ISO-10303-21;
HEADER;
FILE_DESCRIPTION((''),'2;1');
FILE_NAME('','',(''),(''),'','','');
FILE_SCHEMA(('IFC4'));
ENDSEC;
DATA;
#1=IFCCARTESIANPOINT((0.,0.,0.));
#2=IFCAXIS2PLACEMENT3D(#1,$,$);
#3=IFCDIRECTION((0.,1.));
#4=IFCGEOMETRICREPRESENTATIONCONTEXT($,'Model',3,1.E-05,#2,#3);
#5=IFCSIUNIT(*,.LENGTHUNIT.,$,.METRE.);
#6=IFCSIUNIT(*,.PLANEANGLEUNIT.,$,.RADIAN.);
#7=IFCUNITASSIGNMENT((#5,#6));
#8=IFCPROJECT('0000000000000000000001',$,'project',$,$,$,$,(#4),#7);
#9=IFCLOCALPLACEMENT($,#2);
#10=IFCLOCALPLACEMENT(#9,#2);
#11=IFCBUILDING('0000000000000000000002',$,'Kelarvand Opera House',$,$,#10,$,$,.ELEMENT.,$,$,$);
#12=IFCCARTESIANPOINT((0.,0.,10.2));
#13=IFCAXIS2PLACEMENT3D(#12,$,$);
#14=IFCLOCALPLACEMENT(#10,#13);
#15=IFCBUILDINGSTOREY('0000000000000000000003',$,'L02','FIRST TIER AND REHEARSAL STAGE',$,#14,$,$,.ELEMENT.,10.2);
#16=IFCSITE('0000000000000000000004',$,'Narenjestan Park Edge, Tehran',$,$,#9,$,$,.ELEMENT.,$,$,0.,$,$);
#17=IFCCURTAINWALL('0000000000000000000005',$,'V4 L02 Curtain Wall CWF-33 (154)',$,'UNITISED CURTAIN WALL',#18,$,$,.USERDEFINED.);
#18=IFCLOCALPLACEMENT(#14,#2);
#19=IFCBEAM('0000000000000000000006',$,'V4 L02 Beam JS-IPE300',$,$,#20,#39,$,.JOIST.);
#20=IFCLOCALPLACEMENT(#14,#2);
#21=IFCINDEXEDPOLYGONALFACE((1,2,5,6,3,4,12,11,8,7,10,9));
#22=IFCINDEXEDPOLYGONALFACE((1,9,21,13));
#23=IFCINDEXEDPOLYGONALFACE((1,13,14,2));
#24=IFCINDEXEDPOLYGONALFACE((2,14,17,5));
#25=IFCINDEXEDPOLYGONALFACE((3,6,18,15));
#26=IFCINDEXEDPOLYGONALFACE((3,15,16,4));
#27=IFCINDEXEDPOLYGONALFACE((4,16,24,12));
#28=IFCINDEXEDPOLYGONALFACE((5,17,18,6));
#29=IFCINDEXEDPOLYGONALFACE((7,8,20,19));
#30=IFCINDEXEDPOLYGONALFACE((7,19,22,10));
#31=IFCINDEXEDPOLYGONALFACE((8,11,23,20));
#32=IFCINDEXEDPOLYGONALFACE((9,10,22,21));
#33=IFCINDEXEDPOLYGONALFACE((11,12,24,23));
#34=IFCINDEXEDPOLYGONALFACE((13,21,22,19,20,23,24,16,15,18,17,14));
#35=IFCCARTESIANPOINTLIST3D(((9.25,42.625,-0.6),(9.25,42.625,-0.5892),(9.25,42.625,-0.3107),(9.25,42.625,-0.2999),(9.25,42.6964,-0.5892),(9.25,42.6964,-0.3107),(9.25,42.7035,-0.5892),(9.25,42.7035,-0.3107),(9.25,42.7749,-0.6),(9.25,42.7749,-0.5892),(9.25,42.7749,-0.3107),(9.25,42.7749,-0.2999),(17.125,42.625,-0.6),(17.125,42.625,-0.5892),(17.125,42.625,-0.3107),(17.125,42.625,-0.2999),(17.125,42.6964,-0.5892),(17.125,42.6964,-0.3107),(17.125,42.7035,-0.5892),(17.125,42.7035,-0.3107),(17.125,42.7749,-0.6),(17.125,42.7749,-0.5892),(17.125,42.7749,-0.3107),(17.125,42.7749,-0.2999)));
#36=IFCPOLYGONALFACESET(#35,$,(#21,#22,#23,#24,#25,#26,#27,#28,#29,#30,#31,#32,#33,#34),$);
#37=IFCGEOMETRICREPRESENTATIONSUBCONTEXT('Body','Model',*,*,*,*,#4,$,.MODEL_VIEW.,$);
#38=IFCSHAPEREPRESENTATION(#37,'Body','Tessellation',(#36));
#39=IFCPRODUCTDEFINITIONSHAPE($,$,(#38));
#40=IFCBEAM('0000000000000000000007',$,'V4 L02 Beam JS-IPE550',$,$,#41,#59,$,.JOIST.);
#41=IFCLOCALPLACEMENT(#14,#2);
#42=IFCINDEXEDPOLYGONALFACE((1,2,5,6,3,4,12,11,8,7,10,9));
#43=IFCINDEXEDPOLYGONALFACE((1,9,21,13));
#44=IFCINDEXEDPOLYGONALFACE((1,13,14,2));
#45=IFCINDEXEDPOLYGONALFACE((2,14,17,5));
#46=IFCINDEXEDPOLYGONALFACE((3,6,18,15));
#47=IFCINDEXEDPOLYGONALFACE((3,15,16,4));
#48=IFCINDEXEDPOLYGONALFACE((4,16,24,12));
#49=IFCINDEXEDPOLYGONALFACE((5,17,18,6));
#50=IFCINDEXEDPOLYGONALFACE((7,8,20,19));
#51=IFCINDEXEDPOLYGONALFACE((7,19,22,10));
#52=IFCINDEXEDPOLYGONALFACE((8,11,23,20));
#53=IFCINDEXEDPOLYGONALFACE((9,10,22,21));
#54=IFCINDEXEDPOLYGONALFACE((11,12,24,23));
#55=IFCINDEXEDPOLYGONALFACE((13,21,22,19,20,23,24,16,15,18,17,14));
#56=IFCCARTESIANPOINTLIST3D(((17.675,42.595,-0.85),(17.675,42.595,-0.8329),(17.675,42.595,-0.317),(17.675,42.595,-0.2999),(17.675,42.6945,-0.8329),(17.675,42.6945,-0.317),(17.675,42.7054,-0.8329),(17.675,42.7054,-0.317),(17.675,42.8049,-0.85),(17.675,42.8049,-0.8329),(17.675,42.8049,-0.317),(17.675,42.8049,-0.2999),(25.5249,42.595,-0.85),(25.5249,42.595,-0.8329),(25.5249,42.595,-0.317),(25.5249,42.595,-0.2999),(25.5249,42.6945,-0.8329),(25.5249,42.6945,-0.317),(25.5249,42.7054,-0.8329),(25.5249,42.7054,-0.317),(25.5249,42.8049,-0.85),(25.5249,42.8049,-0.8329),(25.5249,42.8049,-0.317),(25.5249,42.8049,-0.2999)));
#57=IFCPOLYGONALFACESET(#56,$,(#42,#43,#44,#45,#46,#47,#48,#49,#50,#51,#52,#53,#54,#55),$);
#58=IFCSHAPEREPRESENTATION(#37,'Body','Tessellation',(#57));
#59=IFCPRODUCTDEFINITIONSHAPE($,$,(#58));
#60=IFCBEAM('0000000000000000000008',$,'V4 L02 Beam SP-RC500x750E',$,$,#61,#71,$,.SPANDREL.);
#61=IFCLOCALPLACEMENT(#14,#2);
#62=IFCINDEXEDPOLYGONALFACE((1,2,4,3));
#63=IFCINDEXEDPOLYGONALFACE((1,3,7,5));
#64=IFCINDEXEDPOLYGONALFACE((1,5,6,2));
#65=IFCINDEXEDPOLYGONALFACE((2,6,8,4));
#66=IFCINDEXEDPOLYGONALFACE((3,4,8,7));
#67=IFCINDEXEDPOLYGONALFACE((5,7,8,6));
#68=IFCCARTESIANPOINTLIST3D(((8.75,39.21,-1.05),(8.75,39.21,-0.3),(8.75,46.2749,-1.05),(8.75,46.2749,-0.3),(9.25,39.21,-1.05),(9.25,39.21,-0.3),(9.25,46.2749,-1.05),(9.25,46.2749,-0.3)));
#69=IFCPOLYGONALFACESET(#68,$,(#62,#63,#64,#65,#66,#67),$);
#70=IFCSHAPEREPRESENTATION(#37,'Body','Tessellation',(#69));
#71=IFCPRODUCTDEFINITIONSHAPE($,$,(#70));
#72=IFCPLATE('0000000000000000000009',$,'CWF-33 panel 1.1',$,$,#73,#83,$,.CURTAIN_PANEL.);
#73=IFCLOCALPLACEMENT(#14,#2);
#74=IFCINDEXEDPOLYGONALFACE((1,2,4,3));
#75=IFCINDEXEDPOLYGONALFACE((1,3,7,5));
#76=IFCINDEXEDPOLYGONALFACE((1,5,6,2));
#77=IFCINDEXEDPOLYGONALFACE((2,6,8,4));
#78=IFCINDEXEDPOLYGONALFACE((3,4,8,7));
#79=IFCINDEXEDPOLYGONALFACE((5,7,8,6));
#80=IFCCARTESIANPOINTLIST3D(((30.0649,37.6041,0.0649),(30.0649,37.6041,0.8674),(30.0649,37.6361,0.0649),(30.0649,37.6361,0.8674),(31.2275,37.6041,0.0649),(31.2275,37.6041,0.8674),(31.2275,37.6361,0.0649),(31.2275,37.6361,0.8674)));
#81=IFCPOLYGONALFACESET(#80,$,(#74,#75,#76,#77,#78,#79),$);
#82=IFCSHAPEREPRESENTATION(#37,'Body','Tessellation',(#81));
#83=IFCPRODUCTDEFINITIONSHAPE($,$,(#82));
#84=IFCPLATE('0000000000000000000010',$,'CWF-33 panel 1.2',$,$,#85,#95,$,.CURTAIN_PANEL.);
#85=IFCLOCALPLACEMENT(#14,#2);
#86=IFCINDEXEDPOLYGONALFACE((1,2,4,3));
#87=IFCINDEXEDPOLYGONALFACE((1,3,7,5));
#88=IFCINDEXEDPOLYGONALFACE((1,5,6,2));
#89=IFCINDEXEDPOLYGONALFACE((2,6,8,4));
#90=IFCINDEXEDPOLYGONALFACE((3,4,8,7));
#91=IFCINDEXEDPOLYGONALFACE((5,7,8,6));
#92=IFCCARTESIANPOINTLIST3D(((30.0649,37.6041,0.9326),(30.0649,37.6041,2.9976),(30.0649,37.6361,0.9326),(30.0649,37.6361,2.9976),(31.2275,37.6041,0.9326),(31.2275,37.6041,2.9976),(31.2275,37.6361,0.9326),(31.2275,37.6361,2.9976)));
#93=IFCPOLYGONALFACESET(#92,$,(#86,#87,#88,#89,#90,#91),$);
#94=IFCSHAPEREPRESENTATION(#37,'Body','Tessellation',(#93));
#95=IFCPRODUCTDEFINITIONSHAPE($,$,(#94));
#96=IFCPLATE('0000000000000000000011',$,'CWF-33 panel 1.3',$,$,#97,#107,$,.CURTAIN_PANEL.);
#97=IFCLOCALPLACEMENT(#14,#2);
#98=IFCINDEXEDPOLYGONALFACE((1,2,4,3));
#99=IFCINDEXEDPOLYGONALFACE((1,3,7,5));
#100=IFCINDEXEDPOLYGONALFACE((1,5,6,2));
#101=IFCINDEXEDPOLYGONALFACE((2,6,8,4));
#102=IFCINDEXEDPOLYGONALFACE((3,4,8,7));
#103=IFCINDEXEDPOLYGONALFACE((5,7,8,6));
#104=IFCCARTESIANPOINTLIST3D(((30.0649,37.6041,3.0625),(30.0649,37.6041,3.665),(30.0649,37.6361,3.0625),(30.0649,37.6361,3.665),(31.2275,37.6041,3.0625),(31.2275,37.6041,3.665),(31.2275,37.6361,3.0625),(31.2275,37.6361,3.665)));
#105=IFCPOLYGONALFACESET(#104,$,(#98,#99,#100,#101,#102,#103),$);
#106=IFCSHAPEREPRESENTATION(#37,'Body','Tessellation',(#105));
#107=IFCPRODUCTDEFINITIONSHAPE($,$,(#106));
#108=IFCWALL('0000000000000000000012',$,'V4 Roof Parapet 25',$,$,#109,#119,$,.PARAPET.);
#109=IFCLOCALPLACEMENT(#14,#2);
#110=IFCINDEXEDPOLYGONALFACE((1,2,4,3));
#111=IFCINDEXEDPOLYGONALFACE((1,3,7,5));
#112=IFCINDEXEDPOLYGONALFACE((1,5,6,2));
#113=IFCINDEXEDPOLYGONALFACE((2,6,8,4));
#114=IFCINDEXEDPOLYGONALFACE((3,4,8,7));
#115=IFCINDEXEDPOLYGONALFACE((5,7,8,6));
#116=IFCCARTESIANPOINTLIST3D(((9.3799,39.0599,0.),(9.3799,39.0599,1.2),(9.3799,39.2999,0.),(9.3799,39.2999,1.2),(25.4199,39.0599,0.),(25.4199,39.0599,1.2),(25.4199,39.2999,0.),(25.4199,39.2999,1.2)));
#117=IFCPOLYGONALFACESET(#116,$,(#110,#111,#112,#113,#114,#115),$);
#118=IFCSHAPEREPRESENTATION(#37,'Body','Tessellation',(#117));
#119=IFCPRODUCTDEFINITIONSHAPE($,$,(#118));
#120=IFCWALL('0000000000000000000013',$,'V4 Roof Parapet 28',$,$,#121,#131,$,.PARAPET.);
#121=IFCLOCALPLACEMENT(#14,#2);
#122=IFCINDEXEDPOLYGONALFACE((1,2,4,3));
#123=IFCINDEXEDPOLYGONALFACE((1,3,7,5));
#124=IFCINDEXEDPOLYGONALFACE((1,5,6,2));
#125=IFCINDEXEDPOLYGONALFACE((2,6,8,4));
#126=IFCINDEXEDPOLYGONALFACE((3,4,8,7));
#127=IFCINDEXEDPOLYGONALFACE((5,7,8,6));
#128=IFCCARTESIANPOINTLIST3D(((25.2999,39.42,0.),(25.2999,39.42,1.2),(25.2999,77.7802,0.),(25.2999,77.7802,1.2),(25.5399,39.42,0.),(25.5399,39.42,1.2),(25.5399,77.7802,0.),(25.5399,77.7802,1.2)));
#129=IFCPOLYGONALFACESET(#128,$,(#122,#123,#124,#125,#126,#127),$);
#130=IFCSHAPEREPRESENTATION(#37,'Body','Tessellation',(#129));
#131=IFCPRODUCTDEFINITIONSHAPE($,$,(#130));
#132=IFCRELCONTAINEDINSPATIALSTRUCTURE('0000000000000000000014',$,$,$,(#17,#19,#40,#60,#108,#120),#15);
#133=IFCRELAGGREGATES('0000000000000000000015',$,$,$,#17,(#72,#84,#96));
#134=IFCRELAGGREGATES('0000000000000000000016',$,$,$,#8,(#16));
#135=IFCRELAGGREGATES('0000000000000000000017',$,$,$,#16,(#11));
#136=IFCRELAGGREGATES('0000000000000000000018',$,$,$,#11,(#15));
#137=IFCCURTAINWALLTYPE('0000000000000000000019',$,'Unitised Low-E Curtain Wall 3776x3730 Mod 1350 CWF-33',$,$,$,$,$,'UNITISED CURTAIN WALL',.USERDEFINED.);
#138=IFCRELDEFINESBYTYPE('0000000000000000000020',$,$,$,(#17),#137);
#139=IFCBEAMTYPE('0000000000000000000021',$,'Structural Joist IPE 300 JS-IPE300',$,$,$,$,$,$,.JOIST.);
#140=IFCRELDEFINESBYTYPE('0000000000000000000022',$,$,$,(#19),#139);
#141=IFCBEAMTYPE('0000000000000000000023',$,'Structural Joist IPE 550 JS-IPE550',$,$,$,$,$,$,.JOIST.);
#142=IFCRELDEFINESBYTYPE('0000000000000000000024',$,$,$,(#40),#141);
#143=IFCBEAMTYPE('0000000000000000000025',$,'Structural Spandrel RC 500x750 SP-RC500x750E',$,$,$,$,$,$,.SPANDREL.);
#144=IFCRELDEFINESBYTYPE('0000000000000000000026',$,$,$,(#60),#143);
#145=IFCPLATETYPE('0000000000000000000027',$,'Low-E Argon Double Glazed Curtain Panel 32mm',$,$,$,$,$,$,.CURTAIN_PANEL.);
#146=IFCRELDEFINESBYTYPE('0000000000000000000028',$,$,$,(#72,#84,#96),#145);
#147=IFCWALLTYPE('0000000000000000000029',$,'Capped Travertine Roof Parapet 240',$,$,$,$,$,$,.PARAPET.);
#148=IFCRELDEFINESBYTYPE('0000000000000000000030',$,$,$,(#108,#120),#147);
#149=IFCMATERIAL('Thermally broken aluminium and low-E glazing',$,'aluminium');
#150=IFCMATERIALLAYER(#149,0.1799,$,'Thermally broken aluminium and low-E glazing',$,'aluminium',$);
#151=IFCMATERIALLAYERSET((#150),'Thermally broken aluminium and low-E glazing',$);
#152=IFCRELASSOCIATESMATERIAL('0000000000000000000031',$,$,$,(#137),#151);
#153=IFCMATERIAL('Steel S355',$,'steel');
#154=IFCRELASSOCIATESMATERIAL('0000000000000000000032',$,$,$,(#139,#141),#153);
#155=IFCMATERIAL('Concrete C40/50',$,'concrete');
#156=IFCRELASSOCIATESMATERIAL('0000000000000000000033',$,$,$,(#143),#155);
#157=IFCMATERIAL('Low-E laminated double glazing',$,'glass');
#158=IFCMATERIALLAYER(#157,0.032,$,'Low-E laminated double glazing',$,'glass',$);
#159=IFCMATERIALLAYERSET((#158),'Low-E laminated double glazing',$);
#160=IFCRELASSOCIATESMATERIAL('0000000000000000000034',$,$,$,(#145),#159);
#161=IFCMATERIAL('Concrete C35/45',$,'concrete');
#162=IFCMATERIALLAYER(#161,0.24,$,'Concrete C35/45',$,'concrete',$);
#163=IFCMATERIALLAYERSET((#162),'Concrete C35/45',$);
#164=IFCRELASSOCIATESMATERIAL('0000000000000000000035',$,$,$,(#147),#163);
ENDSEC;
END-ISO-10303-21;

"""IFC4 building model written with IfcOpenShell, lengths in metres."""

from ifc_helpers import new_model, si_unit, direction, frame, frame_2d, origin, origin_2d, place, context, subcontext, project, spatial, rectangle, i_section, extrude, material, layer, layer_set, material_profile, profile_set, type_object, element, aggregate, save


model = new_model("IFC4")

# Units and contexts
model_context = context("Model", 3, precision=1e-05, world=origin(), true_north=direction((0.0, 1.0)))
body_context = subcontext(model_context, "Body", "Model", "MODEL_VIEW")
ifc_project = project(units=[si_unit("LENGTHUNIT", "METRE"), si_unit("PLANEANGLEUNIT", "RADIAN")], contexts=[model_context])

# Site, building, storey
site_placement = place(None, origin())
site = spatial("IfcSite", under=ifc_project, at=site_placement, Name="Narenjestan Park Edge, Tehran", CompositionType="ELEMENT", RefElevation=0.0)
building_placement = place(site_placement, origin())
building = spatial("IfcBuilding", under=site, at=building_placement, Name="Kelarvand Opera House", CompositionType="ELEMENT")
storey_placement = place(building_placement, frame((0.0, 0.0, 10.2)))
storey = spatial("IfcBuildingStorey", under=building, at=storey_placement, Name="L02", Description="FIRST TIER AND REHEARSAL STAGE", CompositionType="ELEMENT", Elevation=10.2)

# Shared definitions
ifc_material_1 = material(Name="Concrete C40/50", Category="concrete")

# Curtain wall
ifc_material_2 = material(Name="Thermally broken aluminium and low-E glazing", Category="aluminium")
ifc_layer_1 = layer(ifc_material_2, 0.1799, Name="Thermally broken aluminium and low-E glazing", Category="aluminium")
ifc_layer_set_1 = layer_set([ifc_layer_1], Name="Thermally broken aluminium and low-E glazing")
curtain_wall_type = type_object("IfcCurtainWallType", Name="Unitised Low-E Curtain Wall 3776x3730 Mod 1350 CWF-33", ElementType="UNITISED CURTAIN WALL", PredefinedType="USERDEFINED", material=ifc_layer_set_1)
curtain_wall_placement = place(storey_placement, origin())
curtain_wall = element("IfcCurtainWall", 1, at=curtain_wall_placement, inside=storey, type_object=curtain_wall_type, Name="V4 L02 Curtain Wall CWF-33 (154)", ObjectType="UNITISED CURTAIN WALL", PredefinedType="USERDEFINED")

# Beams
ifc_material_3 = material(Name="Steel S355", Category="steel")
ifc_material_profile_1 = material_profile(ifc_material_3, i_section(OverallWidth=0.1499, OverallDepth=0.3, WebThickness=0.0071, FlangeThickness=0.0107, at=origin_2d()), Name="IPE 300", Category="steel")
ifc_profile_set_1 = profile_set([ifc_material_profile_1], Name="Steel S355")
beam_type_1 = type_object("IfcBeamType", Name="Structural Joist IPE 300 JS-IPE300", PredefinedType="JOIST", material=ifc_profile_set_1)
beam_1_placement = place(storey_placement, frame((9.25, 42.7, -0.45), z_axis=(1.0, 0.0, 0.0), x_axis=(0.0, 1.0, 0.0)))
element("IfcBeam", 2, at=beam_1_placement, inside=storey, type_object=beam_type_1, Name="V4 L02 Beam JS-IPE300", PredefinedType="JOIST", context=body_context, shape_type="SweptSolid", body=[
    extrude(i_section(OverallWidth=0.1499, OverallDepth=0.3, WebThickness=0.0071, FlangeThickness=0.0107, at=origin_2d()), origin(), (0.0, 0.0, 1.0), 7.875),
])
ifc_material_profile_2 = material_profile(ifc_material_3, i_section(OverallWidth=0.21, OverallDepth=0.55, WebThickness=0.011, FlangeThickness=0.0171, at=origin_2d()), Name="IPE 550", Category="steel")
ifc_profile_set_2 = profile_set([ifc_material_profile_2], Name="Steel S355")
beam_type_2 = type_object("IfcBeamType", Name="Structural Joist IPE 550 JS-IPE550", PredefinedType="JOIST", material=ifc_profile_set_2)
beam_2_placement = place(storey_placement, frame((17.675, 42.7, -0.575), z_axis=(1.0, 0.0, 0.0), x_axis=(0.0, 1.0, 0.0)))
element("IfcBeam", 3, at=beam_2_placement, inside=storey, type_object=beam_type_2, Name="V4 L02 Beam JS-IPE550", PredefinedType="JOIST", context=body_context, shape_type="SweptSolid", body=[
    extrude(i_section(OverallWidth=0.21, OverallDepth=0.55, WebThickness=0.011, FlangeThickness=0.0171, at=origin_2d()), origin(), (0.0, 0.0, 1.0), 7.8499),
])
ifc_material_profile_3 = material_profile(ifc_material_1, rectangle(XDim=0.5, YDim=0.75, at=origin_2d()), Name="RC 500x750", Category="concrete")
ifc_profile_set_3 = profile_set([ifc_material_profile_3], Name="Concrete C40/50")
beam_type_3 = type_object("IfcBeamType", Name="Structural Spandrel RC 500x750 SP-RC500x750E", PredefinedType="SPANDREL", material=ifc_profile_set_3)
beam_3_placement = place(storey_placement, frame((9.0, 39.21, -0.675), z_axis=(0.0, 1.0, 0.0), x_axis=(-1.0, 0.0, 0.0)))
element("IfcBeam", 4, at=beam_3_placement, inside=storey, type_object=beam_type_3, Name="V4 L02 Beam SP-RC500x750E", PredefinedType="SPANDREL", context=body_context, shape_type="SweptSolid", body=[
    extrude(rectangle(XDim=0.5, YDim=0.75, at=origin_2d()), origin(), (0.0, 0.0, 1.0), 7.0649),
])

# Plates
ifc_material_4 = material(Name="Low-E laminated double glazing", Category="glass")
ifc_layer_2 = layer(ifc_material_4, 0.032, Name="Low-E laminated double glazing", Category="glass")
ifc_layer_set_2 = layer_set([ifc_layer_2], Name="Low-E laminated double glazing")
plate_type = type_object("IfcPlateType", Name="Low-E Argon Double Glazed Curtain Panel 32mm", PredefinedType="CURTAIN_PANEL", material=ifc_layer_set_2)
plate_1_placement = place(storey_placement, frame((30.6462, 37.6201, 0.0649), z_axis=(0.0, 0.0, 1.0), x_axis=(1.0, 0.0, 0.0)))
plate_1 = element("IfcPlate", 5, at=plate_1_placement, type_object=plate_type, Name="CWF-33 panel 1.1", PredefinedType="CURTAIN_PANEL", context=body_context, shape_type="SweptSolid", body=[
    extrude(rectangle(XDim=1.1626, YDim=0.032, at=origin_2d()), origin(), (0.0, 0.0, 1.0), 0.8025),
])
plate_2_placement = place(storey_placement, frame((30.6462, 37.6201, 0.9326), z_axis=(0.0, 0.0, 1.0), x_axis=(1.0, 0.0, 0.0)))
plate_2 = element("IfcPlate", 6, at=plate_2_placement, type_object=plate_type, Name="CWF-33 panel 1.2", PredefinedType="CURTAIN_PANEL", context=body_context, shape_type="SweptSolid", body=[
    extrude(rectangle(XDim=1.1626, YDim=0.032, at=origin_2d()), origin(), (0.0, 0.0, 1.0), 2.0649),
])
plate_3_placement = place(storey_placement, frame((30.6462, 37.6201, 3.0625), z_axis=(0.0, 0.0, 1.0), x_axis=(1.0, 0.0, 0.0)))
plate_3 = element("IfcPlate", 7, at=plate_3_placement, type_object=plate_type, Name="CWF-33 panel 1.3", PredefinedType="CURTAIN_PANEL", context=body_context, shape_type="SweptSolid", body=[
    extrude(rectangle(XDim=1.1626, YDim=0.032, at=origin_2d()), origin(), (0.0, 0.0, 1.0), 0.6025),
])
aggregate(curtain_wall, [plate_1, plate_2, plate_3])

# Walls
ifc_material_5 = material(Name="Concrete C35/45", Category="concrete")
ifc_layer_3 = layer(ifc_material_5, 0.24, Name="Concrete C35/45", Category="concrete")
ifc_layer_set_3 = layer_set([ifc_layer_3], Name="Concrete C35/45")
wall_type = type_object("IfcWallType", Name="Capped Travertine Roof Parapet 240", PredefinedType="PARAPET", material=ifc_layer_set_3)
wall_1_placement = place(storey_placement, frame((9.3799, 39.1799, 0.0), z_axis=(0.0, 0.0, 1.0), x_axis=(1.0, 0.0, 0.0)))
element("IfcWall", 8, at=wall_1_placement, inside=storey, type_object=wall_type, Name="V4 Roof Parapet 25", PredefinedType="PARAPET", context=body_context, shape_type="SweptSolid", body=[
    extrude(rectangle(XDim=16.04, YDim=0.24, at=frame_2d((8.02, 0.0))), origin(), (0.0, 0.0, 1.0), 1.2),
])
wall_2_placement = place(storey_placement, frame((25.4199, 39.4199, 0.0), z_axis=(0.0, 0.0, 1.0), x_axis=(0.0, 1.0, 0.0)))
element("IfcWall", 9, at=wall_2_placement, inside=storey, type_object=wall_type, Name="V4 Roof Parapet 28", PredefinedType="PARAPET", context=body_context, shape_type="SweptSolid", body=[
    extrude(rectangle(XDim=38.3601, YDim=0.24, at=frame_2d((19.1802, 0.0))), origin(), (0.0, 0.0, 1.0), 1.2),
])

save(model, "model.ifc")
